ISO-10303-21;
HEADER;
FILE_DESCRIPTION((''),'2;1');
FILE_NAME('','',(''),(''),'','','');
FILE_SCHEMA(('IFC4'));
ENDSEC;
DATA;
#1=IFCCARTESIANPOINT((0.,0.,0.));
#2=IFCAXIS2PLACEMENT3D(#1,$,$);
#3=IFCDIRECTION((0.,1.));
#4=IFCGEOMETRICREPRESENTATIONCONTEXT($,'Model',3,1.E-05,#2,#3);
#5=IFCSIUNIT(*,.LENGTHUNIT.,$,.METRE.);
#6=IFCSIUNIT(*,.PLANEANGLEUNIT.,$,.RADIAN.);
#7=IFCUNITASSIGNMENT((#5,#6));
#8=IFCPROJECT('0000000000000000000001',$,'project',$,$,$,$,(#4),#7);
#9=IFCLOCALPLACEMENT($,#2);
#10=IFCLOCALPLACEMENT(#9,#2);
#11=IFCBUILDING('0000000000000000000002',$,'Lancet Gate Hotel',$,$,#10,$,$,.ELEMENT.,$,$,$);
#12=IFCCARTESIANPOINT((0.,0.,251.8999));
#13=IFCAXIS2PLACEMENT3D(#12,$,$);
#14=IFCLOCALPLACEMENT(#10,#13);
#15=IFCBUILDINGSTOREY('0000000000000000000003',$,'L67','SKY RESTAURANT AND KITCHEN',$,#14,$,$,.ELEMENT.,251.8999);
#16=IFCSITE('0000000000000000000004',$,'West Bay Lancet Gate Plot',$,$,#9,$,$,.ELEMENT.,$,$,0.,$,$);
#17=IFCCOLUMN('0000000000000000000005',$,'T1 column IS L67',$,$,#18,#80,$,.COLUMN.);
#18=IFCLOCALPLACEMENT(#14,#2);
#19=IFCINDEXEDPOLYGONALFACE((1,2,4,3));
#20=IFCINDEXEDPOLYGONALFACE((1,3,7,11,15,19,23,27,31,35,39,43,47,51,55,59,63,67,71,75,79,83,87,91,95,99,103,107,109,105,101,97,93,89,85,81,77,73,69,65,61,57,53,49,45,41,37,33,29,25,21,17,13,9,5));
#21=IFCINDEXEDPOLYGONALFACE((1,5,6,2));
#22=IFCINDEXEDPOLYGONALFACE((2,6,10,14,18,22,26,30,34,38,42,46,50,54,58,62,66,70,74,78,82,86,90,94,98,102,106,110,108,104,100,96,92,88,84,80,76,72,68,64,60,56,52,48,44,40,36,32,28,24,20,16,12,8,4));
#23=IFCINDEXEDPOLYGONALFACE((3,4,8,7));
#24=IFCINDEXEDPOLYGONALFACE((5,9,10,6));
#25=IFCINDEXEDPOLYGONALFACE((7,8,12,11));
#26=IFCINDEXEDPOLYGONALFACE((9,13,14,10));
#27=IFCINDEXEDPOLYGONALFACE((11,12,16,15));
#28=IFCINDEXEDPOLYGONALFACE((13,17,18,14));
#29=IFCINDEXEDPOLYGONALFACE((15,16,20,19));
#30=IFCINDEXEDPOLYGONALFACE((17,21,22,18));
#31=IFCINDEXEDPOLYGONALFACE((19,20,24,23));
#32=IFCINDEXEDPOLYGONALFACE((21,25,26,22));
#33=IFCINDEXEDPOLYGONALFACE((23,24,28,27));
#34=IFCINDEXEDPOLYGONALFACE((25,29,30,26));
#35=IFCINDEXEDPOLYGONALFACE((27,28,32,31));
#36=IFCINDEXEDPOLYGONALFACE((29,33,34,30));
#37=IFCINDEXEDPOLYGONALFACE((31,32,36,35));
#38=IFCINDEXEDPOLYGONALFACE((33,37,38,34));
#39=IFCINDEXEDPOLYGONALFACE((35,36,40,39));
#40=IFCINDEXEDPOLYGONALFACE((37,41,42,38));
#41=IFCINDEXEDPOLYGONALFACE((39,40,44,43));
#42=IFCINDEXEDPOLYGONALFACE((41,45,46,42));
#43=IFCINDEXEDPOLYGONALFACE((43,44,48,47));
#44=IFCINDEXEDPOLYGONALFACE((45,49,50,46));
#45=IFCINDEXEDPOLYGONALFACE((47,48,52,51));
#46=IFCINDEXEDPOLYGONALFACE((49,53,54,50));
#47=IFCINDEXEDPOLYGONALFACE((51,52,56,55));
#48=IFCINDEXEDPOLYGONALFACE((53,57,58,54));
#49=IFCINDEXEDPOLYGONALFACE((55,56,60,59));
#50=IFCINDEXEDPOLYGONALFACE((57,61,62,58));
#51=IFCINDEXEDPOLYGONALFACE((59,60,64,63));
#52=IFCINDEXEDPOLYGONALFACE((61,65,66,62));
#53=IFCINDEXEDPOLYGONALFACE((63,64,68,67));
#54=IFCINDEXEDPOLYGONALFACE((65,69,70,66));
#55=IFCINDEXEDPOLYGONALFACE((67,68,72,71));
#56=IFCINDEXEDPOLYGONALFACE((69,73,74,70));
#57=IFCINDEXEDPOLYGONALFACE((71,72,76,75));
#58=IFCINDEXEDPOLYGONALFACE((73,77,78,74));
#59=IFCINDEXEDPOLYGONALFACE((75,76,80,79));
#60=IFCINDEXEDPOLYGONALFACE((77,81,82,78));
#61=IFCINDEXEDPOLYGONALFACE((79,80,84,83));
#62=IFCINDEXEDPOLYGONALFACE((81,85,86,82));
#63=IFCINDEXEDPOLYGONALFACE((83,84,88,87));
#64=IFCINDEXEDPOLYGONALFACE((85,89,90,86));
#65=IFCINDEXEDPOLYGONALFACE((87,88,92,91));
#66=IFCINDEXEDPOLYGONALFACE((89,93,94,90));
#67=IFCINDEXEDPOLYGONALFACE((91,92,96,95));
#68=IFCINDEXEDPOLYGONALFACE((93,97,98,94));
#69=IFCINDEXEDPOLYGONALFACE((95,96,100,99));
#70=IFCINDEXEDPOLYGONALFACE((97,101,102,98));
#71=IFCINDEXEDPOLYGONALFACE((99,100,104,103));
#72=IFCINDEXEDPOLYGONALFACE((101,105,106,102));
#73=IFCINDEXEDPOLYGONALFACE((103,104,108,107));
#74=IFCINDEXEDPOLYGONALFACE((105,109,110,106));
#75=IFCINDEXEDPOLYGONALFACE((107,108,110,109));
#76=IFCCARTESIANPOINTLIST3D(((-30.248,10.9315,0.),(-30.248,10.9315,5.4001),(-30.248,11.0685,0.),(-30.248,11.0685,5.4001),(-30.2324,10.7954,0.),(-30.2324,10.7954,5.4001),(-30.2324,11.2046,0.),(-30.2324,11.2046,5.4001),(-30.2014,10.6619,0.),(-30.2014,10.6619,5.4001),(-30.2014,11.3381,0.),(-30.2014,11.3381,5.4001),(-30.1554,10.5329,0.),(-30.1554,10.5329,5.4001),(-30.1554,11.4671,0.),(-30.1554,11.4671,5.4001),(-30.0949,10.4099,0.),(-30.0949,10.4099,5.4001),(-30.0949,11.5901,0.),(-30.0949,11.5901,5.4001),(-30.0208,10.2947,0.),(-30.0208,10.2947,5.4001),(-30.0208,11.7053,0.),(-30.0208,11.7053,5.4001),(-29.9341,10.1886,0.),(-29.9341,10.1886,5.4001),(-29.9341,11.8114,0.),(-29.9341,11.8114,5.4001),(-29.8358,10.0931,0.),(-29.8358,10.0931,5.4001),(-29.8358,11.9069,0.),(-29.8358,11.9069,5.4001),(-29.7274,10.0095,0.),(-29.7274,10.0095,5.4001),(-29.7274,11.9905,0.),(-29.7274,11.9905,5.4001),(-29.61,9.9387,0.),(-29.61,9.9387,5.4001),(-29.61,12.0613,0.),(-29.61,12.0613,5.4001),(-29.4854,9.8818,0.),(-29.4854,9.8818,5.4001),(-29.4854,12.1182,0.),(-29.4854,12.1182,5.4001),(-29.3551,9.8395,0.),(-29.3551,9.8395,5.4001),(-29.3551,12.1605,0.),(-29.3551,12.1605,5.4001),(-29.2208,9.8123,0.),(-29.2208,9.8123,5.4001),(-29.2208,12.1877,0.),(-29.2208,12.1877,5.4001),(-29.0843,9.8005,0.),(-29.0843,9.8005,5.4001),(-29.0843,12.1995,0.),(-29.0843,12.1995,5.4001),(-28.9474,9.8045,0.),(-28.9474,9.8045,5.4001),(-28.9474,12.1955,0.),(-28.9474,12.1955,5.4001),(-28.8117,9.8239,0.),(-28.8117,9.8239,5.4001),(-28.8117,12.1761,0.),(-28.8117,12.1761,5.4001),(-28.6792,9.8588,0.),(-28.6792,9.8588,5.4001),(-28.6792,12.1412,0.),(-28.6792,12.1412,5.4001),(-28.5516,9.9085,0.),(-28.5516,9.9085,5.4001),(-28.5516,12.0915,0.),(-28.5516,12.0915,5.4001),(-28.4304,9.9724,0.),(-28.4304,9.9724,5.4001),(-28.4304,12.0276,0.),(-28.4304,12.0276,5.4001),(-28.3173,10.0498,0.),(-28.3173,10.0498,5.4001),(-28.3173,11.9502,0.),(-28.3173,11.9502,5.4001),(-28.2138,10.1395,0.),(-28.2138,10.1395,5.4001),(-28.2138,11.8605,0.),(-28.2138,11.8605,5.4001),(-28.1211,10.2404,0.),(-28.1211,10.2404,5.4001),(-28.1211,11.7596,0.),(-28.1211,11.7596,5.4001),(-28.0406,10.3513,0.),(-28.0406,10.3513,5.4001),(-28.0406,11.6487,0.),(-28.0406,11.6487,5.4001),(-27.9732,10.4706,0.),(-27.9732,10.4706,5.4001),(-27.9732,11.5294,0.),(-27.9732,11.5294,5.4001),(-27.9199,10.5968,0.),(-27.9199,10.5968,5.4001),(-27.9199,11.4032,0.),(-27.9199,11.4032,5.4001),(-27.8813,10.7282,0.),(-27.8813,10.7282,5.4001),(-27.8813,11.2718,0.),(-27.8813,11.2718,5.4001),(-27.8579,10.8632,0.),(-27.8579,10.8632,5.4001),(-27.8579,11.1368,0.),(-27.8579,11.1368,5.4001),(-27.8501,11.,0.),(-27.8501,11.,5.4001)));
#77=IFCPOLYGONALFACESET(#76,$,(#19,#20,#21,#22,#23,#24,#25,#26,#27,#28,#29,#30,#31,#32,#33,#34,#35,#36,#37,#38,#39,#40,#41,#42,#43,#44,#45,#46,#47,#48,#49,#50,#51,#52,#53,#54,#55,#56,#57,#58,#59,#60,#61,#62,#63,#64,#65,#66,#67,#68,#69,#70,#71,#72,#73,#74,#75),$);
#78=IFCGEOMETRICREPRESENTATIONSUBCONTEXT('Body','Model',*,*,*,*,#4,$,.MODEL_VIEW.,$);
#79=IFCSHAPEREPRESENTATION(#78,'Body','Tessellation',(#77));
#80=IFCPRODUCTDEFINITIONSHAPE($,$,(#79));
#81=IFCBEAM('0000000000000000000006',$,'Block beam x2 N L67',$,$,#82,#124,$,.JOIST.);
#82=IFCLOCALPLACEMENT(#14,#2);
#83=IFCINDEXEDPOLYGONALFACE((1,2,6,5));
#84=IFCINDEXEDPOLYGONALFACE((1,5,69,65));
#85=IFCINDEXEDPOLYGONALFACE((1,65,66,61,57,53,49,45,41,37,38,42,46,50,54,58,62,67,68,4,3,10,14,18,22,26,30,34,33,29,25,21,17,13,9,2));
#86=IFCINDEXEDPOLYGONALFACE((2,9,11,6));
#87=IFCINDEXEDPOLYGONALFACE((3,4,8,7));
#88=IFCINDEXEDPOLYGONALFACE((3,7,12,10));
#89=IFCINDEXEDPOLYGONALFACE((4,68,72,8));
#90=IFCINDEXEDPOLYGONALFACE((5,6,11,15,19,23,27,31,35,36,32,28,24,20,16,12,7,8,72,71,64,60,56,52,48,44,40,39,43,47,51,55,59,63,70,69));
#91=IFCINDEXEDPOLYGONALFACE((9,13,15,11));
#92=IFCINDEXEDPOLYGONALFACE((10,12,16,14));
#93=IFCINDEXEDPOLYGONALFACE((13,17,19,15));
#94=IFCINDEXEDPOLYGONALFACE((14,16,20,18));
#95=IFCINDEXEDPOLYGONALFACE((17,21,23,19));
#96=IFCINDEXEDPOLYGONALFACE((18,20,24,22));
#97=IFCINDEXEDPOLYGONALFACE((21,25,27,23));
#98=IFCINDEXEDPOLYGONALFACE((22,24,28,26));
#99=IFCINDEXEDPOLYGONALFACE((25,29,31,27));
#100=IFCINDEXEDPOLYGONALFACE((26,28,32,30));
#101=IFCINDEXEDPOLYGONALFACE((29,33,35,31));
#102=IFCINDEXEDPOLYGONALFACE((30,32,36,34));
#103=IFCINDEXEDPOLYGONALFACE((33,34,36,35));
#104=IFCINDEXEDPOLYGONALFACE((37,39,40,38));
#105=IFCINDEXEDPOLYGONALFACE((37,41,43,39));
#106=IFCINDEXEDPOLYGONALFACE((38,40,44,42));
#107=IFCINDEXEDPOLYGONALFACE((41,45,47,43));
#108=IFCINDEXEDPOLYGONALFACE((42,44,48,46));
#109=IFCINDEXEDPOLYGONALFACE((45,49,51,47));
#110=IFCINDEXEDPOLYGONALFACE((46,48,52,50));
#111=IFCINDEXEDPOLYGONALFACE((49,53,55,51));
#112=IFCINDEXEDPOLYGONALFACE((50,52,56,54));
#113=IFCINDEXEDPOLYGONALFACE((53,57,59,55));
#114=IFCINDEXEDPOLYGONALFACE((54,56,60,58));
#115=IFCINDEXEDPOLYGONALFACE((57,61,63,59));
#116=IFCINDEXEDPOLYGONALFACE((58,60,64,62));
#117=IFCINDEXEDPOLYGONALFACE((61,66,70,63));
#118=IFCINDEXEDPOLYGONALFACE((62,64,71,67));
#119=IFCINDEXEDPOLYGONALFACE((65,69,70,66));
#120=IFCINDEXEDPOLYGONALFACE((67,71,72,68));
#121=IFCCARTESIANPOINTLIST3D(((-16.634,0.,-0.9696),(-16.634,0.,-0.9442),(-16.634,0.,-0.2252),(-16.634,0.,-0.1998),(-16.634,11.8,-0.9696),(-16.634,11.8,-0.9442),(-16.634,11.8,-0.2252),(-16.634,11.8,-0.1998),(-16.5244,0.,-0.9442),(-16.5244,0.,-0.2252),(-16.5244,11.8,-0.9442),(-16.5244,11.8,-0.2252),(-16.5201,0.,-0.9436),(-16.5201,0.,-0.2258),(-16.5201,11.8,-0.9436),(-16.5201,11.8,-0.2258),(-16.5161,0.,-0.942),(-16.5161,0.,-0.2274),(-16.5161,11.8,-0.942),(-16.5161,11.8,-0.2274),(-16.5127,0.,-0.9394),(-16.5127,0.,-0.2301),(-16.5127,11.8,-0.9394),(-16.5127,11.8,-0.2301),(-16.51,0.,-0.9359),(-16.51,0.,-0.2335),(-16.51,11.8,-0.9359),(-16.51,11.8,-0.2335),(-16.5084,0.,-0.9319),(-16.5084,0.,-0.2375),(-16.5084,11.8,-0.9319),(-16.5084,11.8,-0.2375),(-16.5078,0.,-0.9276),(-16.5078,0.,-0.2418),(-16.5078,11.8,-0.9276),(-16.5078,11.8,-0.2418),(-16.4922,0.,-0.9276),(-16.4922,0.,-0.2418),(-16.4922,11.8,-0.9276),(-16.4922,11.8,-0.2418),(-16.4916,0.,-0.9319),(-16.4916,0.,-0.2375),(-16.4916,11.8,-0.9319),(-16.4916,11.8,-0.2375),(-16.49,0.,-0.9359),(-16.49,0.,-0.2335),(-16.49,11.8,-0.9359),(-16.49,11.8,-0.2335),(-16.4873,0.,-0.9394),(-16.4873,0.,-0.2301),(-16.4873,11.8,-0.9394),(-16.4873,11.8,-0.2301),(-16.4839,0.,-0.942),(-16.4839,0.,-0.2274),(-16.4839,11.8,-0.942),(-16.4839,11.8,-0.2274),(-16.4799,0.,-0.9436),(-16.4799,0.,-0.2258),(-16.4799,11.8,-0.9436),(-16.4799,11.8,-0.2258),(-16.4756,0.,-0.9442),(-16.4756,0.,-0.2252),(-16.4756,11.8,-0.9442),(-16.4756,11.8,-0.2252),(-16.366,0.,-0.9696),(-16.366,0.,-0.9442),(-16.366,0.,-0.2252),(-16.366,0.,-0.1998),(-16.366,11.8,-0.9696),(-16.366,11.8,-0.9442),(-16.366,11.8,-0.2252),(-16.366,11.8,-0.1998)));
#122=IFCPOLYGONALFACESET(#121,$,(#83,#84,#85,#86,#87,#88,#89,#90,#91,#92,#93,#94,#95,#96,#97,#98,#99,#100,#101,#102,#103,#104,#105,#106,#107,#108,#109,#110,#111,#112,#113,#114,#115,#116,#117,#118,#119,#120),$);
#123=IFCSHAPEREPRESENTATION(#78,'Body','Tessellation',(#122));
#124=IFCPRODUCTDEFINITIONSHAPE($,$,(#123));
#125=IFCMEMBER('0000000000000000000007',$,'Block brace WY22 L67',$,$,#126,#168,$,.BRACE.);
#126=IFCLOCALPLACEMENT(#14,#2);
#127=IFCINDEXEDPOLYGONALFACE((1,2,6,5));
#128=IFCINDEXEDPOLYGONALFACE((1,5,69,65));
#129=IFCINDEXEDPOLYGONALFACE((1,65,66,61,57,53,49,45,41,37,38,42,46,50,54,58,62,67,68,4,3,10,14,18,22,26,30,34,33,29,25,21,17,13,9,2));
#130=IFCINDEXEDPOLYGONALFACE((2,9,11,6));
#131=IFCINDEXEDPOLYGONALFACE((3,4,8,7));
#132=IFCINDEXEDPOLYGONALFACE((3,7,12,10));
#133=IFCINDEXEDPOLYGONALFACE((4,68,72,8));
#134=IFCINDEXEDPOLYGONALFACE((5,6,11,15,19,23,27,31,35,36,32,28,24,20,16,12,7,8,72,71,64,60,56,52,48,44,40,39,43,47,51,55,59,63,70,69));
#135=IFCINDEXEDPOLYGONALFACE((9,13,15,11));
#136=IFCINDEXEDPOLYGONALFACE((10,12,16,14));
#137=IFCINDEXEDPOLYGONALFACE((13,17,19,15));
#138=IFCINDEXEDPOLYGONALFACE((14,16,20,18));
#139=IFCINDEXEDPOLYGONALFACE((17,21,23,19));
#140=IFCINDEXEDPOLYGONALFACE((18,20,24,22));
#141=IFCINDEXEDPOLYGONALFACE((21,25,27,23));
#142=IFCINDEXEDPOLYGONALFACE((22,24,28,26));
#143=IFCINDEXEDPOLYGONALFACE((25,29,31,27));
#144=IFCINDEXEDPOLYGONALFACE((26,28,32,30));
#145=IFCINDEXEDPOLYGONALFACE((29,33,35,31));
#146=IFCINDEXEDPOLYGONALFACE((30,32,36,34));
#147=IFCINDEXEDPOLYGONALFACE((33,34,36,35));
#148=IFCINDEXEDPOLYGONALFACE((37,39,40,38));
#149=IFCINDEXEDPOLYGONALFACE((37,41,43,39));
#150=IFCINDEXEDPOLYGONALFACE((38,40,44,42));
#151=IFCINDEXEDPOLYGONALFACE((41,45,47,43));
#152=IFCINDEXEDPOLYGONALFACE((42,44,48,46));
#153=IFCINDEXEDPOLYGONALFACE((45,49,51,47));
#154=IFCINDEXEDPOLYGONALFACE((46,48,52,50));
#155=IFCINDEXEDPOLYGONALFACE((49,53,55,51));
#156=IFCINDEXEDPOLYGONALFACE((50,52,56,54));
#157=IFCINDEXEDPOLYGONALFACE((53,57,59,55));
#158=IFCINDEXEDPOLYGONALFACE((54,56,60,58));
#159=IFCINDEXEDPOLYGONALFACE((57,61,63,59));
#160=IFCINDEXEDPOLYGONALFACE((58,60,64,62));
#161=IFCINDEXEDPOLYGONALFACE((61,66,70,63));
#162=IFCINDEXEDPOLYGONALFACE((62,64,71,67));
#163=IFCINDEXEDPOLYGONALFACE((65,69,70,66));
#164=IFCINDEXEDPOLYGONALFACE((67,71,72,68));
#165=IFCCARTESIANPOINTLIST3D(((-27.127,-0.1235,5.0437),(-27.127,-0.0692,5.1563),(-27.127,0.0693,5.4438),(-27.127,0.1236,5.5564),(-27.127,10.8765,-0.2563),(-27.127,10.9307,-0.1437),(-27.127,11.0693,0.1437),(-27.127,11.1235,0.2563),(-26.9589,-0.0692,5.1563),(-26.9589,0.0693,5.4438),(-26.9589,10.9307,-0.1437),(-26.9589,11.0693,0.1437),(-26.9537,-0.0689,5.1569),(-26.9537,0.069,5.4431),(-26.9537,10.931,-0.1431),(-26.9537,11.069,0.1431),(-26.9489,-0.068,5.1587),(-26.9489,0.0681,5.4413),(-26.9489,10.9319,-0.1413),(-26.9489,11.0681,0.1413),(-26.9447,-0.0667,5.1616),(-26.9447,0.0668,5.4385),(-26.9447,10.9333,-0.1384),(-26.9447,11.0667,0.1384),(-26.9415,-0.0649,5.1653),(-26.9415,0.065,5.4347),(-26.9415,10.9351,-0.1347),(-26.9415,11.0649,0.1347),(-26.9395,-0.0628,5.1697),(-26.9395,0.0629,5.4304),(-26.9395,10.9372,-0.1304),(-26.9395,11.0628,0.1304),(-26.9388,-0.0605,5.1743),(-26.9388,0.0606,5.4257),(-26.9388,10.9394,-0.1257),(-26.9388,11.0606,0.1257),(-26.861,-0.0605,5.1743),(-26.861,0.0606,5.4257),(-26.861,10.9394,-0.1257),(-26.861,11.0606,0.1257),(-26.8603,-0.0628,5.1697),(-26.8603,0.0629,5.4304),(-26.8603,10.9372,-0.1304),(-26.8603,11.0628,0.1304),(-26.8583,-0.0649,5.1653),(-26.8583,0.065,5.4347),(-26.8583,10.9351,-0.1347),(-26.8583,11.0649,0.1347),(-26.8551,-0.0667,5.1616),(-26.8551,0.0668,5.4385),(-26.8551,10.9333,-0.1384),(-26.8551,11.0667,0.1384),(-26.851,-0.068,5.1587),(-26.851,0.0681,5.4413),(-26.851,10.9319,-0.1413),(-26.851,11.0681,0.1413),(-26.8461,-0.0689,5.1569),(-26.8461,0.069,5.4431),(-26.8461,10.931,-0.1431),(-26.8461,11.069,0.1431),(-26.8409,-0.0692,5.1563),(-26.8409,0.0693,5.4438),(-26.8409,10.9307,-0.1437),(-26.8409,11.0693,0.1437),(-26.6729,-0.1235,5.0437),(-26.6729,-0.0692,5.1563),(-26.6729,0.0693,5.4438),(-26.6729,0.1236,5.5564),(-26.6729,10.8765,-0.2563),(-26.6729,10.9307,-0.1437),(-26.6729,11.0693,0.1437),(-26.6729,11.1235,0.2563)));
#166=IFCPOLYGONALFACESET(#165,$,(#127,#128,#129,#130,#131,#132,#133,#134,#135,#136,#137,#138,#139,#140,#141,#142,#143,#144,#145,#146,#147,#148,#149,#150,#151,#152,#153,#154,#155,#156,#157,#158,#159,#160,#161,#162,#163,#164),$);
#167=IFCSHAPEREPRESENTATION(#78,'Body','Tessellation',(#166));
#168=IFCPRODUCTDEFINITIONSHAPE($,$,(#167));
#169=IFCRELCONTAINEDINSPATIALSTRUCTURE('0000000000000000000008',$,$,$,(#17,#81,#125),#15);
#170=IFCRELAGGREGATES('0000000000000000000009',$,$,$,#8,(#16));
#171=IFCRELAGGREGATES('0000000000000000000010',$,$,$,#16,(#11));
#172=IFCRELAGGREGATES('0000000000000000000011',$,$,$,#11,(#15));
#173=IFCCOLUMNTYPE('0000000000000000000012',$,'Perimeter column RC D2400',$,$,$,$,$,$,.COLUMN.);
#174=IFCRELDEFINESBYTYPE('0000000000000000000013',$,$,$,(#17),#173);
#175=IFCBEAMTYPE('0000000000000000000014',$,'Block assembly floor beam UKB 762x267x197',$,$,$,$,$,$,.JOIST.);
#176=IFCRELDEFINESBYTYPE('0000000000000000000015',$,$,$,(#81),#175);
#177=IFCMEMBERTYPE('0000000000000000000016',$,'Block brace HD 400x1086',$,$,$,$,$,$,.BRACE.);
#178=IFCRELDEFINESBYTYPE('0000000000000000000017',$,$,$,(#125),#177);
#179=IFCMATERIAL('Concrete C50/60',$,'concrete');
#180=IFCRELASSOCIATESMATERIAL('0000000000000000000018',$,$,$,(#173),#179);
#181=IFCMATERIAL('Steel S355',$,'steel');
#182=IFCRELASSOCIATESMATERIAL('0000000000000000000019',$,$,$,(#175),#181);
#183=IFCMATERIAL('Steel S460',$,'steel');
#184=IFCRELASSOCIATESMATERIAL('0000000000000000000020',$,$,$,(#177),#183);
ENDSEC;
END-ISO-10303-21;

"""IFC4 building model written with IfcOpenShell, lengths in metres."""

from ifc_helpers import new_model, si_unit, direction, frame, origin, origin_2d, place, context, subcontext, project, spatial, circle, i_section, extrude, material, material_profile, profile_set, type_object, element, save


model = new_model("IFC4")

# Units and contexts
model_context = context("Model", 3, precision=1e-05, world=origin(), true_north=direction((0.0, 1.0)))
body_context = subcontext(model_context, "Body", "Model", "MODEL_VIEW")
ifc_project = project(units=[si_unit("LENGTHUNIT", "METRE"), si_unit("PLANEANGLEUNIT", "RADIAN")], contexts=[model_context])

# Site, building, storey
site_placement = place(None, origin())
site = spatial("IfcSite", under=ifc_project, at=site_placement, Name="West Bay Lancet Gate Plot", CompositionType="ELEMENT", RefElevation=0.0)
building_placement = place(site_placement, origin())
building = spatial("IfcBuilding", under=site, at=building_placement, Name="Lancet Gate Hotel", CompositionType="ELEMENT")
storey_placement = place(building_placement, frame((0.0, 0.0, 251.8999)))
storey = spatial("IfcBuildingStorey", under=building, at=storey_placement, Name="L67", Description="SKY RESTAURANT AND KITCHEN", CompositionType="ELEMENT", Elevation=251.8999)

# Column
ifc_material_1 = material(Name="Concrete C50/60", Category="concrete")
ifc_material_profile_1 = material_profile(ifc_material_1, circle(Radius=1.2, at=origin_2d()), Name="RC D2400")
ifc_profile_set_1 = profile_set([ifc_material_profile_1], Name="Concrete C50/60")
column_type_1 = type_object("IfcColumnType", Name="Perimeter column RC D2400", PredefinedType="COLUMN", material=ifc_profile_set_1)
column_placement = place(storey_placement, frame((-29.05, 11.0, 0.0), z_axis=(0.0, 0.0, 1.0), x_axis=(1.0, 0.0, 0.0)))
element("IfcColumn", 1, at=column_placement, inside=storey, type_object=column_type_1, Name="T1 column IS L67", PredefinedType="COLUMN", context=body_context, shape_type="SweptSolid", body=[
    extrude(circle(Radius=1.2, at=origin_2d()), origin(), (0.0, 0.0, 1.0), 5.4001),
])

# Beam
ifc_material_2 = material(Name="Steel S355", Category="steel")
ifc_material_profile_2 = material_profile(ifc_material_2, i_section(OverallWidth=0.2681, OverallDepth=0.7698, WebThickness=0.0156, FlangeThickness=0.0254, FilletRadius=0.0166, at=origin_2d()), Name="UKB 762x267x197")
ifc_profile_set_2 = profile_set([ifc_material_profile_2], Name="Steel S355")
beam_type_1 = type_object("IfcBeamType", Name="Block assembly floor beam UKB 762x267x197", PredefinedType="JOIST", material=ifc_profile_set_2)
beam_1_placement = place(storey_placement, frame((-16.5, 0.0, -0.5847), z_axis=(0.0, 1.0, 0.0), x_axis=(-1.0, 0.0, 0.0)))
element("IfcBeam", 2, at=beam_1_placement, inside=storey, type_object=beam_type_1, Name="Block beam x2 N L67", PredefinedType="JOIST", context=body_context, shape_type="SweptSolid", body=[
    extrude(i_section(OverallWidth=0.2681, OverallDepth=0.7698, WebThickness=0.0156, FlangeThickness=0.0254, FilletRadius=0.0166, at=origin_2d()), origin(), (0.0, 0.0, 1.0), 11.8),
])

# Member
ifc_material_3 = material(Name="Steel S460", Category="steel")
ifc_material_profile_3 = material_profile(ifc_material_3, i_section(OverallWidth=0.4541, OverallDepth=0.5691, WebThickness=0.0779, FlangeThickness=0.125, FilletRadius=0.02, at=origin_2d()), Name="HD 400x1086")
ifc_profile_set_3 = profile_set([ifc_material_profile_3], Name="Steel S460")
member_type = type_object("IfcMemberType", Name="Block brace HD 400x1086", PredefinedType="BRACE", material=ifc_profile_set_3)
member_1_placement = place(storey_placement, frame((-26.8999, 11.0, 0.0), z_axis=(0.0, -0.900882, 0.434065), x_axis=(1.0, 0.0, 0.0)))
element("IfcMember", 3, at=member_1_placement, inside=storey, type_object=member_type, Name="Block brace WY22 L67", PredefinedType="BRACE", context=body_context, shape_type="SweptSolid", body=[
    extrude(i_section(OverallWidth=0.4541, OverallDepth=0.5691, WebThickness=0.0779, FlangeThickness=0.125, FilletRadius=0.02, at=origin_2d()), origin(), (0.0, 0.0, 1.0), 12.2102),
])

save(model, "model.ifc")
